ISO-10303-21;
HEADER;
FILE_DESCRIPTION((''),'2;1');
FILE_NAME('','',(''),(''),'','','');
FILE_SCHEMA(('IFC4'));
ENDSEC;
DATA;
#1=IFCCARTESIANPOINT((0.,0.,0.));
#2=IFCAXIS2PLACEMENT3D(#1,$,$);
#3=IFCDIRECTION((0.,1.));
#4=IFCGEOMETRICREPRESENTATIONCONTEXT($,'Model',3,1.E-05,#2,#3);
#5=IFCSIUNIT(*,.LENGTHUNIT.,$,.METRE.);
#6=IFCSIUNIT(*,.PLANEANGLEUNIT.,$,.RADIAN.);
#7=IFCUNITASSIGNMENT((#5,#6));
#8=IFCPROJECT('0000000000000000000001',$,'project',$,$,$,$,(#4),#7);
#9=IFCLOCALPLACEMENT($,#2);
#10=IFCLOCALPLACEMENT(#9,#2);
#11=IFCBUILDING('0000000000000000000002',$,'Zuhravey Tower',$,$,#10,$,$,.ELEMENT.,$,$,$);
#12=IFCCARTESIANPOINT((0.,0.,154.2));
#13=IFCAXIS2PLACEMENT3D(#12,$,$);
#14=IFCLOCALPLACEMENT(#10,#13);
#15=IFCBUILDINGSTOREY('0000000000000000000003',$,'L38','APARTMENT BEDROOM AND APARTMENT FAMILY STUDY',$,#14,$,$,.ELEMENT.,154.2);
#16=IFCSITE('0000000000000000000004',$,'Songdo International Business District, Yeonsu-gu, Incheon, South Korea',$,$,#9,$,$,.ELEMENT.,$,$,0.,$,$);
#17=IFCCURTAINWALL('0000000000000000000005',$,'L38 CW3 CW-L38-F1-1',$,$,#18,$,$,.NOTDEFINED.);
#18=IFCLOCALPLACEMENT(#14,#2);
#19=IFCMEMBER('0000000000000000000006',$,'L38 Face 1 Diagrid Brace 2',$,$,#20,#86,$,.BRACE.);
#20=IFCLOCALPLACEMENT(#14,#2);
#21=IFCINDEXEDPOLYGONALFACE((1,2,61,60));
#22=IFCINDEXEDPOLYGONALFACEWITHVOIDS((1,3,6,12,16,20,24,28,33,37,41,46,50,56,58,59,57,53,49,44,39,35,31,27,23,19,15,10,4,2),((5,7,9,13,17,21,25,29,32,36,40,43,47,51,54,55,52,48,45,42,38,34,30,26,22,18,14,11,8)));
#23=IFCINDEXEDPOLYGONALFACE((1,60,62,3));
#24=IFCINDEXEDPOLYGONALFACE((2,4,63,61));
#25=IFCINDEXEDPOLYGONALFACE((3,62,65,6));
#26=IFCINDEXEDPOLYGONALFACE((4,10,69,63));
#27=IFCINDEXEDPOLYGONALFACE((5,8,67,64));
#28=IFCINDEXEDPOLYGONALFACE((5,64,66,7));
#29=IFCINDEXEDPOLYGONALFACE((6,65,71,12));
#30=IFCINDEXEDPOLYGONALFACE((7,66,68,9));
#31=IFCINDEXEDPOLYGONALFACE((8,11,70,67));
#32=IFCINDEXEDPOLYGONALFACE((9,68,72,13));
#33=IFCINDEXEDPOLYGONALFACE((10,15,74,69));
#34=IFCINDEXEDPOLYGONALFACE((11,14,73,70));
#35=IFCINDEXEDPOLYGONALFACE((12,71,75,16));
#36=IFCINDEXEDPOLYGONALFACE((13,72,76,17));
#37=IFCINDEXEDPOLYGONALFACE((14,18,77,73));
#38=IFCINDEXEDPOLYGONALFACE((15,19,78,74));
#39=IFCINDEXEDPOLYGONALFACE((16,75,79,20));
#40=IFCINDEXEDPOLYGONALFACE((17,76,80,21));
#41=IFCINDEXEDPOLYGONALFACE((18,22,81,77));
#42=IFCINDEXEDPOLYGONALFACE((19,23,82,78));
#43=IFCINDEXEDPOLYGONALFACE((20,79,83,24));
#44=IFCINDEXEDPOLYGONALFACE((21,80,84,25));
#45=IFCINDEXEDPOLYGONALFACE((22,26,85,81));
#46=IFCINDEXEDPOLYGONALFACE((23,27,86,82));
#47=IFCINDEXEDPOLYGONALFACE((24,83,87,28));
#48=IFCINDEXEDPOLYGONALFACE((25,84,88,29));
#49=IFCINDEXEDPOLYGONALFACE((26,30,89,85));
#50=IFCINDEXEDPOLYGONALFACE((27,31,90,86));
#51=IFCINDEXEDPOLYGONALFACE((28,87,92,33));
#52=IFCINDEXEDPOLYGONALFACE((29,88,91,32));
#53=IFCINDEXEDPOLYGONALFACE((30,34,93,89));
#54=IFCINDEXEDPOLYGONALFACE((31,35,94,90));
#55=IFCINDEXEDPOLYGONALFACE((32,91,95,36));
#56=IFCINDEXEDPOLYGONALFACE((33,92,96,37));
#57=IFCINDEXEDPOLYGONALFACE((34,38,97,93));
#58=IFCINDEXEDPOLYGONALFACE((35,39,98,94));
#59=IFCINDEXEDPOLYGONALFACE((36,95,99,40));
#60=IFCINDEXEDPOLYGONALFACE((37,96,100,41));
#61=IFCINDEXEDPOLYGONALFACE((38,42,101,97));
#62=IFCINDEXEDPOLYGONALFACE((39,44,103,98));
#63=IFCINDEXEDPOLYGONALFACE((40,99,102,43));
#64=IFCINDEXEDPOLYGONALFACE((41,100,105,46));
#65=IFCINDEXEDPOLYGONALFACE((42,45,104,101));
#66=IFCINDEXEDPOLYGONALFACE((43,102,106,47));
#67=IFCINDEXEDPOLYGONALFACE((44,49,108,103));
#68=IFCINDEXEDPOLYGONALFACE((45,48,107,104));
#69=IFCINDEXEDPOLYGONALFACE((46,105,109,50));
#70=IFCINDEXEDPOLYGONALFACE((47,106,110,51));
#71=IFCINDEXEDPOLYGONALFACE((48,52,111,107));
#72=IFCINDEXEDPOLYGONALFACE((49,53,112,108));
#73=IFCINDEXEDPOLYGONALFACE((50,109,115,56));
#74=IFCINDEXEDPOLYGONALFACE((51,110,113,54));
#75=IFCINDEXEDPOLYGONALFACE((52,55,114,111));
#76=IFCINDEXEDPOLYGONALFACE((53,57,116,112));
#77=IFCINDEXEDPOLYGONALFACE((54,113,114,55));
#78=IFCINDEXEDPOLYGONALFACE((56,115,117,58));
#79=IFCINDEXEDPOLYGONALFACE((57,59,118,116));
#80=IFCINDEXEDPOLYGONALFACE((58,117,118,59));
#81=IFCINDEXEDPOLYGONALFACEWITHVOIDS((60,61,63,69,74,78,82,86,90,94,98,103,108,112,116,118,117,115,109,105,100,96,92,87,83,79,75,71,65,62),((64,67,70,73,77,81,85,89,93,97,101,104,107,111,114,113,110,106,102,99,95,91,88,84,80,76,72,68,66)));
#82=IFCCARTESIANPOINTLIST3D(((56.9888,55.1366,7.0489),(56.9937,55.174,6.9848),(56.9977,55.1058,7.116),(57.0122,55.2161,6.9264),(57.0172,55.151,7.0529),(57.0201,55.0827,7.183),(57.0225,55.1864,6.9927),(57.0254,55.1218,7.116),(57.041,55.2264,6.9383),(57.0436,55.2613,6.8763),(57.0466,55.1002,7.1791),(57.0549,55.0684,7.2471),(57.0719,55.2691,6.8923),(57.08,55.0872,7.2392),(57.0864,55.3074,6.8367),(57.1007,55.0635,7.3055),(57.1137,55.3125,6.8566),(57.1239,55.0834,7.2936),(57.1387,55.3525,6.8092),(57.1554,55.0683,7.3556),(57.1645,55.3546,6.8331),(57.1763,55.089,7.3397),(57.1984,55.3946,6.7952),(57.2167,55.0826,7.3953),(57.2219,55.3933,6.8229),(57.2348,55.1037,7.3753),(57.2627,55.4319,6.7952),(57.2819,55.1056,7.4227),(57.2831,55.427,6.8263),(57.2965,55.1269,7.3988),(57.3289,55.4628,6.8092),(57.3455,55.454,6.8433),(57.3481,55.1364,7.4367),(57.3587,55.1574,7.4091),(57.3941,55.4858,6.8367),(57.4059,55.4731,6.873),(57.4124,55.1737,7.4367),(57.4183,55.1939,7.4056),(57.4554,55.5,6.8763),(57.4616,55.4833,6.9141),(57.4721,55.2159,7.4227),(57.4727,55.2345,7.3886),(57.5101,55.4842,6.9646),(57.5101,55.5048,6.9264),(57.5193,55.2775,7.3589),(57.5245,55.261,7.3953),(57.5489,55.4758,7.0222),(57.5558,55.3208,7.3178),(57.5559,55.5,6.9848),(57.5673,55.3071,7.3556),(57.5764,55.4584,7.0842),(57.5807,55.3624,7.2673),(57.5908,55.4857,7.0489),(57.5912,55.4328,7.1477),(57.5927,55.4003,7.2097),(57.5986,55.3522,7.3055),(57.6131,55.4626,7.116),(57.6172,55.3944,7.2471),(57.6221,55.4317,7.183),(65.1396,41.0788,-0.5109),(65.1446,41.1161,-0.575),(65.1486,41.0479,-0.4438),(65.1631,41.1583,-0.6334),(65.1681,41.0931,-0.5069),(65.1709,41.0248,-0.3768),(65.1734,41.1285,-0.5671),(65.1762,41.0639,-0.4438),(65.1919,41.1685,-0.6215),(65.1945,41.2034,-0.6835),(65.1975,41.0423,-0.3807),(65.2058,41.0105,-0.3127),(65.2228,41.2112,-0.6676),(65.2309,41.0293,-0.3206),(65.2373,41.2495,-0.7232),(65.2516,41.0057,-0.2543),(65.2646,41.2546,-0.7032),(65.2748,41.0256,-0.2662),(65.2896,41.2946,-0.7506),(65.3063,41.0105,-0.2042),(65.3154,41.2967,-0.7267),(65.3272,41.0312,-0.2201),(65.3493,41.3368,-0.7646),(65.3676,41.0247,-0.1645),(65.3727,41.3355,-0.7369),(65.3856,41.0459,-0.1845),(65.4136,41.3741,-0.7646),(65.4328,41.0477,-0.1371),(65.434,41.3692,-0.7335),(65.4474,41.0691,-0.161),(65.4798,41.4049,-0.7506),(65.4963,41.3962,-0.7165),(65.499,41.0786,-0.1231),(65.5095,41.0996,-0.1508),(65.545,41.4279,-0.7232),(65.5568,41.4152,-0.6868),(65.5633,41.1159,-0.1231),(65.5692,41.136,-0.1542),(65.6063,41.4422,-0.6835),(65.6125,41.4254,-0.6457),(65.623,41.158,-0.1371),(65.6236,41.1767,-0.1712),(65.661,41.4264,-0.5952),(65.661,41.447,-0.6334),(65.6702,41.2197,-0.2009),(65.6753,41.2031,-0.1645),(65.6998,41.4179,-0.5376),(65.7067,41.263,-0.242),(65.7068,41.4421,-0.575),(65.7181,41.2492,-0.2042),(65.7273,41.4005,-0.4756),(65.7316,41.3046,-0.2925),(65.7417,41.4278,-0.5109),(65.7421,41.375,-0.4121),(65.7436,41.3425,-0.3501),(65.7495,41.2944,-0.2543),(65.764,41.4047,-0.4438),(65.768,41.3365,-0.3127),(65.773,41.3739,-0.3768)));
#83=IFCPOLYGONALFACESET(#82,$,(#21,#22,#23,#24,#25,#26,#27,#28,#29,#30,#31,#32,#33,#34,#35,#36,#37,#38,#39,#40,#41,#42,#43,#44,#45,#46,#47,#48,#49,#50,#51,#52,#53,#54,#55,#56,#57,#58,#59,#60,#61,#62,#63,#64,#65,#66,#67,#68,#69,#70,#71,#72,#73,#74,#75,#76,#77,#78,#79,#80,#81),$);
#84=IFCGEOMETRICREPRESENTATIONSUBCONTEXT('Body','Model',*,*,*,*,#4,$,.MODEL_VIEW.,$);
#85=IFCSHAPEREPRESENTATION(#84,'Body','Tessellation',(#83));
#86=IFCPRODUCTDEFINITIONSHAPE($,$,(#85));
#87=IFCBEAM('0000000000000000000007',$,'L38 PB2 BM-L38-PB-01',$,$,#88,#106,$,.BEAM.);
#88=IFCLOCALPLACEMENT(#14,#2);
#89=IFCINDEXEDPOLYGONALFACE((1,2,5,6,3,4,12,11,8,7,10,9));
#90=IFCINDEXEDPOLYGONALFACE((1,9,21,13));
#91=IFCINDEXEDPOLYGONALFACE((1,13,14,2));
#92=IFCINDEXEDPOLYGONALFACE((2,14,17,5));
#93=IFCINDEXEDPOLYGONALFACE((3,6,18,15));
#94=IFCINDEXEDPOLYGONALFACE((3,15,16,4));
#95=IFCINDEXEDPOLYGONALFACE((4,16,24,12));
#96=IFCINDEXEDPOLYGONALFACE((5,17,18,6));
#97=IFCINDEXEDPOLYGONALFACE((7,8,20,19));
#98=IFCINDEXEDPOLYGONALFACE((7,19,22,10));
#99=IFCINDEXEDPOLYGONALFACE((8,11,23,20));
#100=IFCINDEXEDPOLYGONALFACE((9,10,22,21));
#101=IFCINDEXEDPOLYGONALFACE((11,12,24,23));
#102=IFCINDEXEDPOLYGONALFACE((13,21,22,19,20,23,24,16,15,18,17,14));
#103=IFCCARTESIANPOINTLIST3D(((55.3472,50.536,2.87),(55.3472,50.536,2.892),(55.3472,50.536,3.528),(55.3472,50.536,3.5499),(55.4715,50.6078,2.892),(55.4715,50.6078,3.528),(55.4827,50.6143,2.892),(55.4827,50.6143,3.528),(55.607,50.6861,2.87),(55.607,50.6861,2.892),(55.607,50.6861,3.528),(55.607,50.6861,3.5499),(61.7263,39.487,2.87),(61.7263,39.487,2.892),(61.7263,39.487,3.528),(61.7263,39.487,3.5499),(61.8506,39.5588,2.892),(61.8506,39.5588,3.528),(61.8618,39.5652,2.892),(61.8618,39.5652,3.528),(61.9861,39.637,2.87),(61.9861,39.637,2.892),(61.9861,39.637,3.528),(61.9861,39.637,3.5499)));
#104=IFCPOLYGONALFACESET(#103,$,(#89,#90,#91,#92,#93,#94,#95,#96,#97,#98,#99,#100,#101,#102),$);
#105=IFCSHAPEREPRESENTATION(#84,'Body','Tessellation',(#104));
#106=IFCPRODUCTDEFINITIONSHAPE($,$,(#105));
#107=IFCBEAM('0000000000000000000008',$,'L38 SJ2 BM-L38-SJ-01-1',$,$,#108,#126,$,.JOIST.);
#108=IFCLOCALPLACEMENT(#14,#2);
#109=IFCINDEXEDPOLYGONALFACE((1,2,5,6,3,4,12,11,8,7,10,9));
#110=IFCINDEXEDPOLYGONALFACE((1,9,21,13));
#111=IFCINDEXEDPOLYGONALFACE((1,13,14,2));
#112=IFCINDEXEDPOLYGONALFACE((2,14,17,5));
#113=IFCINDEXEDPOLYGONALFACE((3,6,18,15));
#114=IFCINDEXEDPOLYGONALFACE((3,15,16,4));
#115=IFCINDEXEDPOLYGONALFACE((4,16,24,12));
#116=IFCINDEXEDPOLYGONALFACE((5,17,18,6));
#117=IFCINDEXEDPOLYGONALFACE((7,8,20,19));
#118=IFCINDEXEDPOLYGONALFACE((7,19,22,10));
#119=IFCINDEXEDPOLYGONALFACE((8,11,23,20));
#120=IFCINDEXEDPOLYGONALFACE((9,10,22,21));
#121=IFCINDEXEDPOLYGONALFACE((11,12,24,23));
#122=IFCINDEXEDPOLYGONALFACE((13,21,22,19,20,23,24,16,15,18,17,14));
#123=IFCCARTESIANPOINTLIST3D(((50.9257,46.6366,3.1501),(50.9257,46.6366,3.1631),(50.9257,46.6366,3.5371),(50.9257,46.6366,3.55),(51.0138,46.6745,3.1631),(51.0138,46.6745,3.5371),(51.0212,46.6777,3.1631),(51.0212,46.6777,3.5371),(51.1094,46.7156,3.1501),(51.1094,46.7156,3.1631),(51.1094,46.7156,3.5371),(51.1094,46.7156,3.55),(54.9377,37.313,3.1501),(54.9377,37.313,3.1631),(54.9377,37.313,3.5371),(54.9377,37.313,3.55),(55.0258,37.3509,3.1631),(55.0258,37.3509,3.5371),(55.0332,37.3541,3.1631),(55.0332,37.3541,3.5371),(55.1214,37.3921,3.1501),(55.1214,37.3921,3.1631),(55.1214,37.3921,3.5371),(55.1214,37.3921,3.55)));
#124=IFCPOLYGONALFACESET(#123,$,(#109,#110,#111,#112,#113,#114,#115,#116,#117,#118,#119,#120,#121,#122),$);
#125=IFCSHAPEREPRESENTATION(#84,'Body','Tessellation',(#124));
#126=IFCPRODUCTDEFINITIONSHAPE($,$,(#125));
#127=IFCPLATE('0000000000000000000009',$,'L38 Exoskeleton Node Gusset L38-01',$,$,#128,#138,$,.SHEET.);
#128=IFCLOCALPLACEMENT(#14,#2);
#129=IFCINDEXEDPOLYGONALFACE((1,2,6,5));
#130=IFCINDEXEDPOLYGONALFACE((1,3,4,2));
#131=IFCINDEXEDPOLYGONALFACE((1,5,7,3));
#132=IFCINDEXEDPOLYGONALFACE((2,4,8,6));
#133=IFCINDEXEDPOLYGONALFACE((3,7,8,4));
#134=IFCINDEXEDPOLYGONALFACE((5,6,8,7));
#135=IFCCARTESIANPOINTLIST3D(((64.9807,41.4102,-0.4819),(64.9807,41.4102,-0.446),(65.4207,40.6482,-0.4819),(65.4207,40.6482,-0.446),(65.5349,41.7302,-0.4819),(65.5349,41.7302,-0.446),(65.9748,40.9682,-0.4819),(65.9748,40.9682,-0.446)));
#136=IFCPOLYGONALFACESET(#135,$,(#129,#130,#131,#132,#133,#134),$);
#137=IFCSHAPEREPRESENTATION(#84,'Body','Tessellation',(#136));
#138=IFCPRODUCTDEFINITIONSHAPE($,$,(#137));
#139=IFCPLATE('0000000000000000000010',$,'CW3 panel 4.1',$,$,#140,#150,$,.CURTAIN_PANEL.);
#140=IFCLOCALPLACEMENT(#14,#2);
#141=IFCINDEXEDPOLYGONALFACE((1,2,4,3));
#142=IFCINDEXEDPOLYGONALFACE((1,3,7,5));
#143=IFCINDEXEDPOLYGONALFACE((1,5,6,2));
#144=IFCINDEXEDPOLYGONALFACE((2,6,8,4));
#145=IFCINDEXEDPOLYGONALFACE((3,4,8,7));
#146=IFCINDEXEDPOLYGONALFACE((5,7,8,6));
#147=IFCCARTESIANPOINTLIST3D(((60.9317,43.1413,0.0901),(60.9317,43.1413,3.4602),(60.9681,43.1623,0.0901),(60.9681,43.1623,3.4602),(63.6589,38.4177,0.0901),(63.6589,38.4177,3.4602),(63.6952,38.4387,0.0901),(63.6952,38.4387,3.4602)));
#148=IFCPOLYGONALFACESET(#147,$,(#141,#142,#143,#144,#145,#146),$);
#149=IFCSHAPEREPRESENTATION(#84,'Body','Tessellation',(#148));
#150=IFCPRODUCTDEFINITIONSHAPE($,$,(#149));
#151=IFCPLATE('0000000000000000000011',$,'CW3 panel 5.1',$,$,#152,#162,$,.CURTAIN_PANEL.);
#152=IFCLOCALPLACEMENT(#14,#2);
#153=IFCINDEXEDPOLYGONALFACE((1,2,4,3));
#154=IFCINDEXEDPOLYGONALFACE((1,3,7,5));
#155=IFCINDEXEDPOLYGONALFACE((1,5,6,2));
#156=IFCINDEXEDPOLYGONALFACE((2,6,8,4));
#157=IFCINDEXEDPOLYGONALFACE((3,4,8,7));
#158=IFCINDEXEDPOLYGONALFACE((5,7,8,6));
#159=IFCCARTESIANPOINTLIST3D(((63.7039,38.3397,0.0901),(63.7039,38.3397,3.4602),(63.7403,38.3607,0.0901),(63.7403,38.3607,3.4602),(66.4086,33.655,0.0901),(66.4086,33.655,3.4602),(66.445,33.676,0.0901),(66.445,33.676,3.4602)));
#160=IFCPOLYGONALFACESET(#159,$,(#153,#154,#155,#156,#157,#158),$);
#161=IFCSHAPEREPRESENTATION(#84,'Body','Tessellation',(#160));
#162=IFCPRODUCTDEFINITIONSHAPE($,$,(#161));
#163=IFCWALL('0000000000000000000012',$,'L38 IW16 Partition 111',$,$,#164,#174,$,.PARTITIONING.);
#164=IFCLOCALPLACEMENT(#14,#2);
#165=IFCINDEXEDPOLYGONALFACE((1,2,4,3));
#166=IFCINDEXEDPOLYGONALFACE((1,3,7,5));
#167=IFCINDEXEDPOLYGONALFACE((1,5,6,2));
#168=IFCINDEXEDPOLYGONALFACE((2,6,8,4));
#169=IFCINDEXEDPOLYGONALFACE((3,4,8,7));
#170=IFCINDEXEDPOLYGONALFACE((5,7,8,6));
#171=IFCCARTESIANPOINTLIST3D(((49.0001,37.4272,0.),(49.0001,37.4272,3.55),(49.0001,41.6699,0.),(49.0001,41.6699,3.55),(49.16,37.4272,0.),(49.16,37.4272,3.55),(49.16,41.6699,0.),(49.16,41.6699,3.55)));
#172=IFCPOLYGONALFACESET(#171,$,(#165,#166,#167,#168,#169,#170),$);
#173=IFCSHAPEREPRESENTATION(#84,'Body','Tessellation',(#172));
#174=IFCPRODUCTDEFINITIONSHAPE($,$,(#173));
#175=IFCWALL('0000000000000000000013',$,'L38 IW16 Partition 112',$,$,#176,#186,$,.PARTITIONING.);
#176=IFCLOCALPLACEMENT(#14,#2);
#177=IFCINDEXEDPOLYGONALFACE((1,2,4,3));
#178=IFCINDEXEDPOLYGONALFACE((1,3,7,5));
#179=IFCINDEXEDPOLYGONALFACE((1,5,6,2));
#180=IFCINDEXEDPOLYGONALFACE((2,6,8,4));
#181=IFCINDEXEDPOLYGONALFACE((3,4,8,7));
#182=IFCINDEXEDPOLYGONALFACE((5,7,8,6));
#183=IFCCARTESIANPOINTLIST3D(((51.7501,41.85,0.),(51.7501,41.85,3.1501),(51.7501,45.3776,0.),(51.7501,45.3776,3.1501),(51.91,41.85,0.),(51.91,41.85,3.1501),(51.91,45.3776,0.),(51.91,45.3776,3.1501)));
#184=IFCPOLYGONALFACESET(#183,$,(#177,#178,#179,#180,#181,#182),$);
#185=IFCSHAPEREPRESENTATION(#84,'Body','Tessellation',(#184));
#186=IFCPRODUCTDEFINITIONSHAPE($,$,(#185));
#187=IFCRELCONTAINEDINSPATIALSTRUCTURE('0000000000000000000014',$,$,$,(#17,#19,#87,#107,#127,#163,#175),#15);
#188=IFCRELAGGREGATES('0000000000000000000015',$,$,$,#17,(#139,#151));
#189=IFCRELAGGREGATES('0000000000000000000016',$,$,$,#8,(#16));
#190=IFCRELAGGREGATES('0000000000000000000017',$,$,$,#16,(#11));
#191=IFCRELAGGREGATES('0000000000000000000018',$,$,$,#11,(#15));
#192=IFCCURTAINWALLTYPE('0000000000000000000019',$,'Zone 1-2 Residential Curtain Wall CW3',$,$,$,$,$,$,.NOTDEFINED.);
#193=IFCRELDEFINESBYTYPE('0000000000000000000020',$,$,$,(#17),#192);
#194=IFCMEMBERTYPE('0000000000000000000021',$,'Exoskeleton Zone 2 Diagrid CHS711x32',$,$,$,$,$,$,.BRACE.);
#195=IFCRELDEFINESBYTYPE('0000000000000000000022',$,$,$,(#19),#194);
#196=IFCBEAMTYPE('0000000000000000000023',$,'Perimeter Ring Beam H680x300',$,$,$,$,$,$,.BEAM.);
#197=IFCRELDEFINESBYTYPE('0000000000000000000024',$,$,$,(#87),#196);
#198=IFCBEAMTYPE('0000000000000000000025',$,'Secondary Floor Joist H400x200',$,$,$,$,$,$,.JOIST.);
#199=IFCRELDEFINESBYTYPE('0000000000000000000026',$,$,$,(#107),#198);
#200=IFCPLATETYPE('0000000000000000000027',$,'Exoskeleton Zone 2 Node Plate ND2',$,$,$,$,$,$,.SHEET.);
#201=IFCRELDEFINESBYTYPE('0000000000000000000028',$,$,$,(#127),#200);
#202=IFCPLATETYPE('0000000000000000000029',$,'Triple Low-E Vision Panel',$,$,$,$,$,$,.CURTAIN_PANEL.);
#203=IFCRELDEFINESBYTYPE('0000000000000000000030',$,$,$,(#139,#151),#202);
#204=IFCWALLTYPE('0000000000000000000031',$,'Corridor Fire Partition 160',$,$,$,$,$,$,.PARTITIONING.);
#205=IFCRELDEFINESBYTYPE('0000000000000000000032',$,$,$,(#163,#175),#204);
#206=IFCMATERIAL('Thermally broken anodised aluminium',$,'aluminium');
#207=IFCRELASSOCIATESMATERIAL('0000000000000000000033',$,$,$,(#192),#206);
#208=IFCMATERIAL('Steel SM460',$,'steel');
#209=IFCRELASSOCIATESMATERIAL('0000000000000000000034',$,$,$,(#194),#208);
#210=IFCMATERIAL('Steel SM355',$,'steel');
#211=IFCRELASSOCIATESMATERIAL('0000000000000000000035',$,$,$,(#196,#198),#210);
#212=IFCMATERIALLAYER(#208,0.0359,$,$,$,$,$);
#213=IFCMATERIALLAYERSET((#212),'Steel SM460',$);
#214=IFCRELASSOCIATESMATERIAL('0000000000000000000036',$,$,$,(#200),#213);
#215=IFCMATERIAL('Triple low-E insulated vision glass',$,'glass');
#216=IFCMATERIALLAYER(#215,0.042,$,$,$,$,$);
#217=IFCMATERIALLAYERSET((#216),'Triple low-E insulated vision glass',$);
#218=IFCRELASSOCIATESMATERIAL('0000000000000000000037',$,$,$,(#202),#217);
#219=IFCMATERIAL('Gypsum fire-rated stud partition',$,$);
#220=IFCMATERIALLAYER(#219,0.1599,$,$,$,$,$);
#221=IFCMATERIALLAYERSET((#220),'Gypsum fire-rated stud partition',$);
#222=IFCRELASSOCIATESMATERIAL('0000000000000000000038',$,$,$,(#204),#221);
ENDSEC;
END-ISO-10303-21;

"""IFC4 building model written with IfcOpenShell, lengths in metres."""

from ifc_helpers import new_model, si_unit, direction, frame, frame_2d, origin, origin_2d, place, context, subcontext, project, spatial, rectangle, hollow_circle, i_section, extrude, material, layer, layer_set, material_profile, profile_set, type_object, element, aggregate, save


model = new_model("IFC4")

# Units and contexts
model_context = context("Model", 3, precision=1e-05, world=origin(), true_north=direction((0.0, 1.0)))
body_context = subcontext(model_context, "Body", "Model", "MODEL_VIEW")
ifc_project = project(units=[si_unit("LENGTHUNIT", "METRE"), si_unit("PLANEANGLEUNIT", "RADIAN")], contexts=[model_context])

# Site, building, storey
site_placement = place(None, origin())
site = spatial("IfcSite", under=ifc_project, at=site_placement, Name="Songdo International Business District, Yeonsu-gu, Incheon, South Korea", CompositionType="ELEMENT", RefElevation=0.0)
building_placement = place(site_placement, origin())
building = spatial("IfcBuilding", under=site, at=building_placement, Name="Zuhravey Tower", CompositionType="ELEMENT")
storey_placement = place(building_placement, frame((0.0, 0.0, 154.2)))
storey = spatial("IfcBuildingStorey", under=building, at=storey_placement, Name="L38", Description="APARTMENT BEDROOM AND APARTMENT FAMILY STUDY", CompositionType="ELEMENT", Elevation=154.2)

# Curtain wall
ifc_material_1 = material(Name="Thermally broken anodised aluminium", Category="aluminium")
curtain_wall_type = type_object("IfcCurtainWallType", Name="Zone 1-2 Residential Curtain Wall CW3", PredefinedType="NOTDEFINED", material=ifc_material_1)
curtain_wall_placement = place(storey_placement, origin())
curtain_wall = element("IfcCurtainWall", 1, at=curtain_wall_placement, inside=storey, type_object=curtain_wall_type, Name="L38 CW3 CW-L38-F1-1", PredefinedType="NOTDEFINED")

# Member
ifc_material_2 = material(Name="Steel SM355", Category="steel")
ifc_material_3 = material(Name="Steel SM460", Category="steel")
ifc_material_profile_1 = material_profile(ifc_material_3, hollow_circle(Radius=0.3557, WallThickness=0.032, at=origin_2d()), Name="CHS-711.2x32")
ifc_profile_set_1 = profile_set([ifc_material_profile_1], Name="Steel SM460")
member_type_1 = type_object("IfcMemberType", Name="Exoskeleton Zone 2 Diagrid CHS711x32", PredefinedType="BRACE", material=ifc_profile_set_1)
member_1_placement = place(storey_placement, frame((65.4563, 41.2263, -0.4438), z_axis=(-0.454788, 0.784375, 0.421809), x_axis=(-0.865103, -0.501595, 0.0)))
element("IfcMember", 2, at=member_1_placement, inside=storey, type_object=member_type_1, Name="L38 Face 1 Diagrid Brace 2", PredefinedType="BRACE", context=body_context, shape_type="SweptSolid", body=[
    extrude(hollow_circle(Radius=0.3557, WallThickness=0.032, at=origin_2d()), origin(), (0.0, 0.0, 1.0), 17.9224),
])

# Beams
ifc_material_profile_2 = material_profile(ifc_material_2, i_section(OverallWidth=0.3, OverallDepth=0.6799, WebThickness=0.0129, FlangeThickness=0.022, at=origin_2d()), Name="H-680x300x13x22")
ifc_profile_set_2 = profile_set([ifc_material_profile_2], Name="Steel SM355")
beam_type_1 = type_object("IfcBeamType", Name="Perimeter Ring Beam H680x300", PredefinedType="BEAM", material=ifc_profile_set_2)
beam_1_placement = place(storey_placement, frame((61.8562, 39.562, 3.21), z_axis=(-0.499998, 0.866027, 0.0), x_axis=(-0.866027, -0.499998, 0.0)))
element("IfcBeam", 3, at=beam_1_placement, inside=storey, type_object=beam_type_1, Name="L38 PB2 BM-L38-PB-01", PredefinedType="BEAM", context=body_context, shape_type="SweptSolid", body=[
    extrude(i_section(OverallWidth=0.3, OverallDepth=0.6799, WebThickness=0.0129, FlangeThickness=0.022, at=origin_2d()), origin(), (0.0, 0.0, 1.0), 12.7583),
])
ifc_material_profile_3 = material_profile(ifc_material_2, i_section(OverallWidth=0.2, OverallDepth=0.3999, WebThickness=0.0081, FlangeThickness=0.0129, at=origin_2d()), Name="H-400x200x8x13")
ifc_profile_set_3 = profile_set([ifc_material_profile_3], Name="Steel SM355")
beam_type_2 = type_object("IfcBeamType", Name="Secondary Floor Joist H400x200", PredefinedType="JOIST", material=ifc_profile_set_3)
beam_2_placement = place(storey_placement, frame((55.0295, 37.3525, 3.3501), z_axis=(-0.395266, 0.918567, 0.0), x_axis=(-0.918567, -0.395266, 0.0)))
element("IfcBeam", 4, at=beam_2_placement, inside=storey, type_object=beam_type_2, Name="L38 SJ2 BM-L38-SJ-01-1", PredefinedType="JOIST", context=body_context, shape_type="SweptSolid", body=[
    extrude(i_section(OverallWidth=0.2, OverallDepth=0.3999, WebThickness=0.0081, FlangeThickness=0.0129, at=origin_2d()), origin(), (0.0, 0.0, 1.0), 10.1501),
])

# Plates
ifc_layer_1 = layer(ifc_material_3, 0.0359)
ifc_layer_set_1 = layer_set([ifc_layer_1], Name="Steel SM460")
plate_type_1 = type_object("IfcPlateType", Name="Exoskeleton Zone 2 Node Plate ND2", PredefinedType="SHEET", material=ifc_layer_set_1)
plate_1_placement = place(storey_placement, frame((65.4778, 41.1892, -0.4819), z_axis=(0.0, 0.0, 1.0), x_axis=(-0.5, 0.866025, 0.0)))
element("IfcPlate", 5, at=plate_1_placement, inside=storey, type_object=plate_type_1, Name="L38 Exoskeleton Node Gusset L38-01", PredefinedType="SHEET", context=body_context, shape_type="SweptSolid", body=[
    extrude(rectangle(XDim=0.8799, YDim=0.6399, at=origin_2d()), origin(), (0.0, 0.0, 1.0), 0.0359),
])
ifc_material_4 = material(Name="Triple low-E insulated vision glass", Category="glass")
ifc_layer_2 = layer(ifc_material_4, 0.042)
ifc_layer_set_2 = layer_set([ifc_layer_2], Name="Triple low-E insulated vision glass")
plate_type_2 = type_object("IfcPlateType", Name="Triple Low-E Vision Panel", PredefinedType="CURTAIN_PANEL", material=ifc_layer_set_2)
plate_2_placement = place(storey_placement, frame((62.3135, 40.79, 0.0901), z_axis=(0.0, 0.0, 1.0), x_axis=(0.5, -0.866025, 0.0)))
plate_2 = element("IfcPlate", 6, at=plate_2_placement, type_object=plate_type_2, Name="CW3 panel 4.1", PredefinedType="CURTAIN_PANEL", context=body_context, shape_type="SweptSolid", body=[
    extrude(rectangle(XDim=5.4543, YDim=0.042, at=origin_2d()), origin(), (0.0, 0.0, 1.0), 3.3701),
])
plate_3_placement = place(storey_placement, frame((65.0745, 36.0078, 0.0901), z_axis=(0.0, 0.0, 1.0), x_axis=(0.5, -0.866025, 0.0)))
plate_3 = element("IfcPlate", 7, at=plate_3_placement, type_object=plate_type_2, Name="CW3 panel 5.1", PredefinedType="CURTAIN_PANEL", context=body_context, shape_type="SweptSolid", body=[
    extrude(rectangle(XDim=5.4094, YDim=0.042, at=origin_2d()), origin(), (0.0, 0.0, 1.0), 3.3701),
])
aggregate(curtain_wall, [plate_2, plate_3])

# Shared definitions
ifc_material_5 = material(Name="Gypsum fire-rated stud partition")
ifc_layer_3 = layer(ifc_material_5, 0.1599)
ifc_layer_set_3 = layer_set([ifc_layer_3], Name="Gypsum fire-rated stud partition")
wall_type_1 = type_object("IfcWallType", Name="Corridor Fire Partition 160", PredefinedType="PARTITIONING", material=ifc_layer_set_3)

# Walls
wall_1_placement = place(storey_placement, frame((49.0801, 37.4272, 0.0), z_axis=(0.0, 0.0, 1.0), x_axis=(0.0, 1.0, 0.0)))
element("IfcWall", 8, at=wall_1_placement, inside=storey, type_object=wall_type_1, Name="L38 IW16 Partition 111", PredefinedType="PARTITIONING", context=body_context, shape_type="SweptSolid", body=[
    extrude(rectangle(XDim=4.2427, YDim=0.1599, at=frame_2d((2.1213, 0.0))), origin(), (0.0, 0.0, 1.0), 3.55),
])
wall_2_placement = place(storey_placement, frame((51.8301, 41.8501, 0.0), z_axis=(0.0, 0.0, 1.0), x_axis=(0.0, 1.0, 0.0)))
element("IfcWall", 9, at=wall_2_placement, inside=storey, type_object=wall_type_1, Name="L38 IW16 Partition 112", PredefinedType="PARTITIONING", context=body_context, shape_type="SweptSolid", body=[
    extrude(rectangle(XDim=3.5276, YDim=0.1599, at=frame_2d((1.7637, 0.0))), origin(), (0.0, 0.0, 1.0), 3.1501),
])

save(model, "model.ifc")
